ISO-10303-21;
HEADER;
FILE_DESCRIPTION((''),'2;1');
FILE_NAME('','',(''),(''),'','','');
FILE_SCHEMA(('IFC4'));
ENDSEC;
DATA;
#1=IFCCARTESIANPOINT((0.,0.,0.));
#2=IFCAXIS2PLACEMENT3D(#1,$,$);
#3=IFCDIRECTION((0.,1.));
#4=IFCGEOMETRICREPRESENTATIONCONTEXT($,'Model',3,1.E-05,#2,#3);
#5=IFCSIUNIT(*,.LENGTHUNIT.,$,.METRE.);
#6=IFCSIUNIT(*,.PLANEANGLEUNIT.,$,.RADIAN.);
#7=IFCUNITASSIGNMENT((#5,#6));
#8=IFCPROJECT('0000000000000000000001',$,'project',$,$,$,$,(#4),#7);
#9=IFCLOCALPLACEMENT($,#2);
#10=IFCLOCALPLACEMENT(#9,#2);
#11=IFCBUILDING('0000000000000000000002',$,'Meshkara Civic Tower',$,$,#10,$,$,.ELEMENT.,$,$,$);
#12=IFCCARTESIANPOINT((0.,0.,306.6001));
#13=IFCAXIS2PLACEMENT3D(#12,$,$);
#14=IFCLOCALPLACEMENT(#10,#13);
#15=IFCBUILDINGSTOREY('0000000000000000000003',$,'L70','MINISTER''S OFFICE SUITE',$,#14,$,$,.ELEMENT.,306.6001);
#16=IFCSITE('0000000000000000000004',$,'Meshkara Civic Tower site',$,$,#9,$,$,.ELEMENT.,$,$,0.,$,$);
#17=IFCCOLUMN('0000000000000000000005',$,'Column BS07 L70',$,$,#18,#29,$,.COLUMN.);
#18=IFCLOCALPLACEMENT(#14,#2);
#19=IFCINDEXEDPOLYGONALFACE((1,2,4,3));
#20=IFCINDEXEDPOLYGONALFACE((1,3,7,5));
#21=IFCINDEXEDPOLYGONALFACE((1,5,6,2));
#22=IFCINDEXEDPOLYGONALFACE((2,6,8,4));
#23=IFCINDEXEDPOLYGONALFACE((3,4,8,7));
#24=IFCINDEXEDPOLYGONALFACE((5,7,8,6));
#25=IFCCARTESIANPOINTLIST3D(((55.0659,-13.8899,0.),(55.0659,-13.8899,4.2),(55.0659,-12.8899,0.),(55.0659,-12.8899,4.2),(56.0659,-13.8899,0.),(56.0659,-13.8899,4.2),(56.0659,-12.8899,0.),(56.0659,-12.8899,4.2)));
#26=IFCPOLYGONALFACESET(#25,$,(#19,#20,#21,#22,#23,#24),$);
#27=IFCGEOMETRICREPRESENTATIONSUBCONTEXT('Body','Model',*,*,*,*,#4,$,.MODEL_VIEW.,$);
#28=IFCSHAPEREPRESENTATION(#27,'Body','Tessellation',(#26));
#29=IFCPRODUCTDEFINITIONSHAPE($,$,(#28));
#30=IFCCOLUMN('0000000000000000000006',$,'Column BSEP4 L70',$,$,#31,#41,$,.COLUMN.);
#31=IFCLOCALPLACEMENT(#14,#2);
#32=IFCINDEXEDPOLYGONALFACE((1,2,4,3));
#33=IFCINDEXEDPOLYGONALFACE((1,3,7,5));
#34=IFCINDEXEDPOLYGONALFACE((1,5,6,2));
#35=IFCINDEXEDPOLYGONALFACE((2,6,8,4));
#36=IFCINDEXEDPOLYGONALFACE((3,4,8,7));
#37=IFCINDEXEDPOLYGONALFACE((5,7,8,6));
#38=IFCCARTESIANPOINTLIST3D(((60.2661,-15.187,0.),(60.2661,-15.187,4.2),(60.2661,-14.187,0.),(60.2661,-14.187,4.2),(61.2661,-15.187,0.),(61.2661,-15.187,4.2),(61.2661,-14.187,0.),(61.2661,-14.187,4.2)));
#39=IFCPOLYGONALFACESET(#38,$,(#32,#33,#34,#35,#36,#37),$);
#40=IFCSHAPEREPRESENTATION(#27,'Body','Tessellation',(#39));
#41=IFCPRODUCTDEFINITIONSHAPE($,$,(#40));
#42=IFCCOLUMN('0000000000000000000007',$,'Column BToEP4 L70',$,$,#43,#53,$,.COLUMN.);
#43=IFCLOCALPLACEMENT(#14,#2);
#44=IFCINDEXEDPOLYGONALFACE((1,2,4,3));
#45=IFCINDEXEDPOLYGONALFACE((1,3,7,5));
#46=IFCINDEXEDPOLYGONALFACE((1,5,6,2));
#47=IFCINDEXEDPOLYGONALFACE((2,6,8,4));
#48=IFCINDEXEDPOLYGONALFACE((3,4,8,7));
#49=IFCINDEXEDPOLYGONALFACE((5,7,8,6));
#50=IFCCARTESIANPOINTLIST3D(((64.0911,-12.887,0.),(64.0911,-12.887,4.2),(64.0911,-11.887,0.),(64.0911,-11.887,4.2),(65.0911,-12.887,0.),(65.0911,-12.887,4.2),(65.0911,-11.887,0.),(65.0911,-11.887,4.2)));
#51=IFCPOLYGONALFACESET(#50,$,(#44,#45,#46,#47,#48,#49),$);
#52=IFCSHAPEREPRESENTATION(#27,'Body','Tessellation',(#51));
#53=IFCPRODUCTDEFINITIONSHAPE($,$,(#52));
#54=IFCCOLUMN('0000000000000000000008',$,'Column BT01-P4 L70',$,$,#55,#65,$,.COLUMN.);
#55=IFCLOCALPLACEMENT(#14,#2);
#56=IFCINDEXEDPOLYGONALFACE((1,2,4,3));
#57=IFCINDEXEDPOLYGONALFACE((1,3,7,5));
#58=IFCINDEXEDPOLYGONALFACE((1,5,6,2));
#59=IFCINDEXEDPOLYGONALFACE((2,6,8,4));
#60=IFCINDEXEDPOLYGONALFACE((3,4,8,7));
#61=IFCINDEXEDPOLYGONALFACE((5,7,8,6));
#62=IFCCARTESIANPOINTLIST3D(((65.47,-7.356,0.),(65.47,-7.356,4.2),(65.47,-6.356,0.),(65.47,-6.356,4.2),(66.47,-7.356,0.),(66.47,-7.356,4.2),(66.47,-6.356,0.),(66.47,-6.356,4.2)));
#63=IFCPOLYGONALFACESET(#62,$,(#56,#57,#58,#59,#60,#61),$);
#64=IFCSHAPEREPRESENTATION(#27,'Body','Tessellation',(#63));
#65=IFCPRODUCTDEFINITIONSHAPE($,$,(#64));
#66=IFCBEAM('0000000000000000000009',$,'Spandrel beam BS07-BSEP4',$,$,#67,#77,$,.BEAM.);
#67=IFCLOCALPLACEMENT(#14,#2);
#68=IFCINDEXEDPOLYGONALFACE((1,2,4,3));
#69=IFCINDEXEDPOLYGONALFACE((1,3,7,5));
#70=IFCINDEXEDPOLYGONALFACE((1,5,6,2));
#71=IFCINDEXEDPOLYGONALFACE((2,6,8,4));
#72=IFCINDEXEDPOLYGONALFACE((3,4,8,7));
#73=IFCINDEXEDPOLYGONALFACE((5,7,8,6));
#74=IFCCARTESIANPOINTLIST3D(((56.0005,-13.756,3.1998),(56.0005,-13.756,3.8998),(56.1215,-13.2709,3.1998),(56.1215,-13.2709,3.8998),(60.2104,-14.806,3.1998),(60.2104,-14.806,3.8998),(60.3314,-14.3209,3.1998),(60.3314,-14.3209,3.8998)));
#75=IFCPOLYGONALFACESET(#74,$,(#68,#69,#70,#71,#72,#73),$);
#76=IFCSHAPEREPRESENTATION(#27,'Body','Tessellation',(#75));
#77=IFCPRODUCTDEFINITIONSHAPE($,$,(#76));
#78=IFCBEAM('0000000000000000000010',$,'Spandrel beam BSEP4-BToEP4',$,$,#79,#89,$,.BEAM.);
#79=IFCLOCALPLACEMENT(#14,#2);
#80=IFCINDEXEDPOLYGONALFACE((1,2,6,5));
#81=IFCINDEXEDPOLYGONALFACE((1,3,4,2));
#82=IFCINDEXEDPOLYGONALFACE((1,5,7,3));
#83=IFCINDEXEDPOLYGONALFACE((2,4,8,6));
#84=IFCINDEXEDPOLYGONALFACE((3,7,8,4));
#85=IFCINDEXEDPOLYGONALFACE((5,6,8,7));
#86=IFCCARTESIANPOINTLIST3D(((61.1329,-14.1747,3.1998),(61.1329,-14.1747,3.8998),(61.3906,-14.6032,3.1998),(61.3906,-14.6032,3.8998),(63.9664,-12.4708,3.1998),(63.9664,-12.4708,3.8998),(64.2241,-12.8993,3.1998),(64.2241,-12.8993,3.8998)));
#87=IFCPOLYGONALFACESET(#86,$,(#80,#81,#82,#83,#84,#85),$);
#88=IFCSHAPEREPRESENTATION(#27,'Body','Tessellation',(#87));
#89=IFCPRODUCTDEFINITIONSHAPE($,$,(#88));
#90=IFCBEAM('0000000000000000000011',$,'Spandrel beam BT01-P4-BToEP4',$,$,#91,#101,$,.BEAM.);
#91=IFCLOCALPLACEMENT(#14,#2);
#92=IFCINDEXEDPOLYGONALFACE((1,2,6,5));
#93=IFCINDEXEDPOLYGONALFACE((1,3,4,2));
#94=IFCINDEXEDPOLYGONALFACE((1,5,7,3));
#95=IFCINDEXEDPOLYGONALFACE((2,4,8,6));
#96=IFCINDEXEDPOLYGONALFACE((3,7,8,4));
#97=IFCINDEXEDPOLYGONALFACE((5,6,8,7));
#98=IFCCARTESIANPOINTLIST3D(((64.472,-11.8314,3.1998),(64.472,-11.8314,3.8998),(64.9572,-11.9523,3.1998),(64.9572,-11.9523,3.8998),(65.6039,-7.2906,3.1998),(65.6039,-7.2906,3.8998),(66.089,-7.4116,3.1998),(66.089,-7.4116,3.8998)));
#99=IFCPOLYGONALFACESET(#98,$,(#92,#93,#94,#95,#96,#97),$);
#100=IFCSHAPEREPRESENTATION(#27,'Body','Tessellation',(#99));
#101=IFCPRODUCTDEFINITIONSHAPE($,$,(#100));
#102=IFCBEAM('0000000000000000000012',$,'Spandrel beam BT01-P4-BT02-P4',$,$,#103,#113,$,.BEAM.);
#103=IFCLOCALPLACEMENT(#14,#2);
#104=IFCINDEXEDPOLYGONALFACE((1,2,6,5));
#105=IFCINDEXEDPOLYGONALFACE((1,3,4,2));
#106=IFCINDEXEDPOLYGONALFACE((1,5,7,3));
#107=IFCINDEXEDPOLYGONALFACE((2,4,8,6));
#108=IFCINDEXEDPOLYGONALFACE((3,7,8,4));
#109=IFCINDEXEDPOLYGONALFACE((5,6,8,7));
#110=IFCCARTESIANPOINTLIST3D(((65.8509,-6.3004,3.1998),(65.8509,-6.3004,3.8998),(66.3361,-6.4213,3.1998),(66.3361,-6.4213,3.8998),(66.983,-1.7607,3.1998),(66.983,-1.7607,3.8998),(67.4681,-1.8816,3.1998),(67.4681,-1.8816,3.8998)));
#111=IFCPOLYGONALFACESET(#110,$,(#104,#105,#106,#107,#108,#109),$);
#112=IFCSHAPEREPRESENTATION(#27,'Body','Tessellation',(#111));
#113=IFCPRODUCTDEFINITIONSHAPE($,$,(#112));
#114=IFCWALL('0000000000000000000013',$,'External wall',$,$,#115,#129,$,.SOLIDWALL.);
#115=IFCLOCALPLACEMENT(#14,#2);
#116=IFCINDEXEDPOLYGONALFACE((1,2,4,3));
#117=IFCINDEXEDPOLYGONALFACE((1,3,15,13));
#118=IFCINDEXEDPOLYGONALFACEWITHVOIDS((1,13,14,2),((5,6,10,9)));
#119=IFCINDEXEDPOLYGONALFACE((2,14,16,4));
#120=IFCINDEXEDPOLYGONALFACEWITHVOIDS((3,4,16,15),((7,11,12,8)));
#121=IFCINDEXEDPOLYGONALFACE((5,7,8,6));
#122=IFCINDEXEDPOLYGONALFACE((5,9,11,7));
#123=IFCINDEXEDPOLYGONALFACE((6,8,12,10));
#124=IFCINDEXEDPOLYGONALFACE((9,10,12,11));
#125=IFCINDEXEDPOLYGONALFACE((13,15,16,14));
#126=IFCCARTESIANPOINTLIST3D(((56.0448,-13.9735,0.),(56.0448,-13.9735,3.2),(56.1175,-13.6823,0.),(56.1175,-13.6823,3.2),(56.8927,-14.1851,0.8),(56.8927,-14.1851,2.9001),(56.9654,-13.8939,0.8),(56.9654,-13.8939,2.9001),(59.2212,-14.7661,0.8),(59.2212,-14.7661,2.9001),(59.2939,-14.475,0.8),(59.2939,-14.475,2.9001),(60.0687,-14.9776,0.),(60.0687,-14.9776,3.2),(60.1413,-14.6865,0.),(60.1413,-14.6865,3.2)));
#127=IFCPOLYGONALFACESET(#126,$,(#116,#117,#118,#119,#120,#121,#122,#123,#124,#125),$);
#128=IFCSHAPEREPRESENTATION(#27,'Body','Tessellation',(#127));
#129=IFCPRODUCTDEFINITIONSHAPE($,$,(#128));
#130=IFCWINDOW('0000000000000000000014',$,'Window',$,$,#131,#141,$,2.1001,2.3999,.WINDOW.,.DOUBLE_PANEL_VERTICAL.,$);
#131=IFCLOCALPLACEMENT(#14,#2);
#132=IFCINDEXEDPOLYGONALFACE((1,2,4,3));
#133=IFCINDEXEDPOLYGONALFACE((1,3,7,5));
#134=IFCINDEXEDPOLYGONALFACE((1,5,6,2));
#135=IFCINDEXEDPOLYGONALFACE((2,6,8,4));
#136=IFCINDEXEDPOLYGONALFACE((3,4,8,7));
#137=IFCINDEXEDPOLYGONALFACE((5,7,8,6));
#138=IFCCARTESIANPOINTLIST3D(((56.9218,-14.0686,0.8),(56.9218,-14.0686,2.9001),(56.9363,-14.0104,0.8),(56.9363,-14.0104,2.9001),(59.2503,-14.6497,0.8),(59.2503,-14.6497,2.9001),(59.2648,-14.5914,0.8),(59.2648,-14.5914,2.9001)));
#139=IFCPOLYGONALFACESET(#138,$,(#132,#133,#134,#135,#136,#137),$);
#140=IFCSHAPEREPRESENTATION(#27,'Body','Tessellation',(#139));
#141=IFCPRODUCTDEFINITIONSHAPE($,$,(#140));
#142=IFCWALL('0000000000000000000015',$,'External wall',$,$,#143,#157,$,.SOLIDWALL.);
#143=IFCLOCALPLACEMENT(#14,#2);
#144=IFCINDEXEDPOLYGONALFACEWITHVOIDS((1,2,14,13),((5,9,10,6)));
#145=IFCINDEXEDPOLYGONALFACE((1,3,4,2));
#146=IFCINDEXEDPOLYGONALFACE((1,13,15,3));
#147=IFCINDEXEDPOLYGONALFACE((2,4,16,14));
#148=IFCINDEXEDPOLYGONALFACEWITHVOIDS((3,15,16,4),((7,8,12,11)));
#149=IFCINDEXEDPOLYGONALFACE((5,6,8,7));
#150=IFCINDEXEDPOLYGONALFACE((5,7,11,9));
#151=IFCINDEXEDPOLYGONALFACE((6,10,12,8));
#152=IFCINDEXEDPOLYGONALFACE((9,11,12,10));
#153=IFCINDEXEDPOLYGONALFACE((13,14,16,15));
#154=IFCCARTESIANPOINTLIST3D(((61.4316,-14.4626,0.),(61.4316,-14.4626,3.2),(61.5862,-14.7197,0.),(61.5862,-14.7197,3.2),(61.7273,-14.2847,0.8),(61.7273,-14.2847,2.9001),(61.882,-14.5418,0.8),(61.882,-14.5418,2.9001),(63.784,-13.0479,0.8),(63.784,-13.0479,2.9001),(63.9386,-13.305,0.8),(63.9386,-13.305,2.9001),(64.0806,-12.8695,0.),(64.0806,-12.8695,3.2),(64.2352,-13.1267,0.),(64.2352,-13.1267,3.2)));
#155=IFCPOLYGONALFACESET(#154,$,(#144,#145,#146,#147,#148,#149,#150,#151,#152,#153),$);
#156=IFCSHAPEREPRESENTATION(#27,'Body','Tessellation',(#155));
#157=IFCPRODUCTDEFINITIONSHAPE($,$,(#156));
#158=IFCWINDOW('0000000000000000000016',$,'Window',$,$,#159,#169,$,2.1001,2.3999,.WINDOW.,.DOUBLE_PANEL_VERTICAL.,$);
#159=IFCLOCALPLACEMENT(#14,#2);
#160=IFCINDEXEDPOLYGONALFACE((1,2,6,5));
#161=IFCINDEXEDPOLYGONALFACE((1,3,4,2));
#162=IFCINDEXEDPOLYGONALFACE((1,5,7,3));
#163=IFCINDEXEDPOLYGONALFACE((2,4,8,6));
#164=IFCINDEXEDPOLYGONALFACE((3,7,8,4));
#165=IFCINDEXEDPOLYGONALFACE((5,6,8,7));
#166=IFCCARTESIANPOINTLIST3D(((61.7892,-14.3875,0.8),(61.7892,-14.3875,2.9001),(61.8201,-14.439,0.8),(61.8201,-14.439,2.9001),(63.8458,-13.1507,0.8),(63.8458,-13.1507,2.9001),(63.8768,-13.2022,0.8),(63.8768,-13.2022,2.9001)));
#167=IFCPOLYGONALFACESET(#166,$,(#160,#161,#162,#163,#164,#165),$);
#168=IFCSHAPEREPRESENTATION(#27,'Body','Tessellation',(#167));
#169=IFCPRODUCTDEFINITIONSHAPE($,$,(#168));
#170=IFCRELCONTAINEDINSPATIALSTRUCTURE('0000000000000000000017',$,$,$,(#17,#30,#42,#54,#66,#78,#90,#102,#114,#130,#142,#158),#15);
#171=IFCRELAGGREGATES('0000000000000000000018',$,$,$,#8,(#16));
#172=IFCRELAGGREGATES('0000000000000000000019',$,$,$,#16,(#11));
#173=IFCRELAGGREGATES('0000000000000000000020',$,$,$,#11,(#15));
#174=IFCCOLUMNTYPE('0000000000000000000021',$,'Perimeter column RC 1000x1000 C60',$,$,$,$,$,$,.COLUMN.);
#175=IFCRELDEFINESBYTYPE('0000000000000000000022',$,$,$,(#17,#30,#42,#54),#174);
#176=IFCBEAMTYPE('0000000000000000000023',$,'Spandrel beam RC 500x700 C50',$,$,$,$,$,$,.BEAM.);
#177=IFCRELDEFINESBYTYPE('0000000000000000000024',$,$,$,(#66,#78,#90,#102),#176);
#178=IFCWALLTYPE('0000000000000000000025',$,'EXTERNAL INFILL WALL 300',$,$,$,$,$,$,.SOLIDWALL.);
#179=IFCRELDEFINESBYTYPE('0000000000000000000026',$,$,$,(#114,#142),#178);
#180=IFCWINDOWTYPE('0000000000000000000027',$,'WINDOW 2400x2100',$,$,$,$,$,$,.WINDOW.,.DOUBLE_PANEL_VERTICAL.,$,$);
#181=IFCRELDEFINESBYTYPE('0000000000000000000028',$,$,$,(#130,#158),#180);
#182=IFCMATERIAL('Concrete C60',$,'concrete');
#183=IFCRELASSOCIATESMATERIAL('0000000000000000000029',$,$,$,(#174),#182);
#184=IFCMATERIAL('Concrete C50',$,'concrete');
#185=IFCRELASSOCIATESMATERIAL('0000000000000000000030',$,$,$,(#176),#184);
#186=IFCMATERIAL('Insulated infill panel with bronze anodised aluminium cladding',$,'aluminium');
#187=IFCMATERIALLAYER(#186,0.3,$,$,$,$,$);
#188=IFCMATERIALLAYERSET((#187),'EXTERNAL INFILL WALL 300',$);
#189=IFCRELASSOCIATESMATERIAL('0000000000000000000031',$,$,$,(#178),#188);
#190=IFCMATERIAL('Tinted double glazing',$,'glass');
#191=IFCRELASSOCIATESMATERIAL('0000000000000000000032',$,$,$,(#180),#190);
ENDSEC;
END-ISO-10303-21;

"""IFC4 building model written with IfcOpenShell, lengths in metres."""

from ifc_helpers import new_model, si_unit, direction, frame, frame_2d, origin, origin_2d, place, context, subcontext, project, spatial, rectangle, extrude, material, layer, layer_set, material_profile, profile_set, type_object, element, fill, save


model = new_model("IFC4")

# Units and contexts
model_context = context("Model", 3, precision=1e-05, world=origin(), true_north=direction((0.0, 1.0)))
body_context = subcontext(model_context, "Body", "Model", "MODEL_VIEW")
ifc_project = project(units=[si_unit("LENGTHUNIT", "METRE"), si_unit("PLANEANGLEUNIT", "RADIAN")], contexts=[model_context])

# Site, building, storey
site_placement = place(None, origin())
site = spatial("IfcSite", under=ifc_project, at=site_placement, Name="Meshkara Civic Tower site", CompositionType="ELEMENT", RefElevation=0.0)
building_placement = place(site_placement, origin())
building = spatial("IfcBuilding", under=site, at=building_placement, Name="Meshkara Civic Tower", CompositionType="ELEMENT")
storey_placement = place(building_placement, frame((0.0, 0.0, 306.6001)))
storey = spatial("IfcBuildingStorey", under=building, at=storey_placement, Name="L70", Description="MINISTER'S OFFICE SUITE", CompositionType="ELEMENT", Elevation=306.6001)

# Columns
ifc_material_1 = material(Name="Concrete C60", Category="concrete")
ifc_material_profile_1 = material_profile(ifc_material_1, rectangle(XDim=1.0, YDim=1.0, at=origin_2d()))
ifc_profile_set_1 = profile_set([ifc_material_profile_1], Name="Concrete C60")
column_type = type_object("IfcColumnType", Name="Perimeter column RC 1000x1000 C60", PredefinedType="COLUMN", material=ifc_profile_set_1)
for number, where, z_axis, x_axis, name in (
    (1, (55.5659, -13.3899, 0.0), (0.0, 0.0, 1.0), (1.0, 0.0, 0.0), "Column BS07 L70"),
    (2, (60.7661, -14.687, 0.0), (0.0, 0.0, 1.0), (1.0, 0.0, 0.0), "Column BSEP4 L70"),
    (3, (64.5911, -12.387, 0.0), (0.0, 0.0, 1.0), (1.0, 0.0, 0.0), "Column BToEP4 L70"),
    (4, (65.97, -6.856, 0.0), (0.0, 0.0, 1.0), (1.0, 0.0, 0.0), "Column BT01-P4 L70"),
):
    element("IfcColumn", number, at=place(storey_placement, frame(where, z_axis=z_axis, x_axis=x_axis)), inside=storey, type_object=column_type, Name=name, PredefinedType="COLUMN", context=body_context, shape_type="SweptSolid", body=[
        extrude(rectangle(XDim=1.0, YDim=1.0, at=origin_2d()), origin(), (0.0, 0.0, 1.0), 4.2),
    ])

# Beams
ifc_material_2 = material(Name="Concrete C50", Category="concrete")
ifc_material_profile_2 = material_profile(ifc_material_2, rectangle(XDim=0.5, YDim=0.7, at=origin_2d()))
ifc_profile_set_2 = profile_set([ifc_material_profile_2], Name="Concrete C50")
beam_type = type_object("IfcBeamType", Name="Spandrel beam RC 500x700 C50", PredefinedType="BEAM", material=ifc_profile_set_2)
beam_1_placement = place(storey_placement, frame((56.061, -13.5134, 3.5498), z_axis=(0.970275, -0.242006, 0.0), x_axis=(0.242006, 0.970275, 0.0)))
element("IfcBeam", 5, at=beam_1_placement, inside=storey, type_object=beam_type, Name="Spandrel beam BS07-BSEP4", PredefinedType="BEAM", context=body_context, shape_type="SweptSolid", body=[
    extrude(rectangle(XDim=0.5, YDim=0.7, at=origin_2d()), origin(), (0.0, 0.0, 1.0), 4.3389),
])
beam_2_placement = place(storey_placement, frame((61.2617, -14.3889, 3.5498), z_axis=(0.856991, 0.515332, 0.0), x_axis=(-0.515332, 0.856991, 0.0)))
element("IfcBeam", 6, at=beam_2_placement, inside=storey, type_object=beam_type, Name="Spandrel beam BSEP4-BToEP4", PredefinedType="BEAM", context=body_context, shape_type="SweptSolid", body=[
    extrude(rectangle(XDim=0.5, YDim=0.7, at=origin_2d()), origin(), (0.0, 0.0, 1.0), 3.3064),
])
beam_3_placement = place(storey_placement, frame((64.7146, -11.8918, 3.5498), z_axis=(0.24186, 0.970311, 0.0), x_axis=(-0.970311, 0.24186, 0.0)))
element("IfcBeam", 7, at=beam_3_placement, inside=storey, type_object=beam_type, Name="Spandrel beam BT01-P4-BToEP4", PredefinedType="BEAM", context=body_context, shape_type="SweptSolid", body=[
    extrude(rectangle(XDim=0.5, YDim=0.7, at=origin_2d()), origin(), (0.0, 0.0, 1.0), 4.6797),
])
beam_4_placement = place(storey_placement, frame((66.0935, -6.3608, 3.5498), z_axis=(0.241959, 0.970287, 0.0), x_axis=(-0.970287, 0.241959, 0.0)))
element("IfcBeam", 8, at=beam_4_placement, inside=storey, type_object=beam_type, Name="Spandrel beam BT01-P4-BT02-P4", PredefinedType="BEAM", context=body_context, shape_type="SweptSolid", body=[
    extrude(rectangle(XDim=0.5, YDim=0.7, at=origin_2d()), origin(), (0.0, 0.0, 1.0), 4.6787),
])

# Walls, openings, windows
ifc_material_3 = material(Name="Insulated infill panel with bronze anodised aluminium cladding", Category="aluminium")
ifc_layer_1 = layer(ifc_material_3, 0.3)
ifc_layer_set_1 = layer_set([ifc_layer_1], Name="EXTERNAL INFILL WALL 300")
wall_type_1 = type_object("IfcWallType", Name="EXTERNAL INFILL WALL 300", PredefinedType="SOLIDWALL", material=ifc_layer_set_1)
wall_1_placement = place(storey_placement, frame((56.0811, -13.8279, 0.0), z_axis=(0.0, 0.0, 1.0), x_axis=(0.970246, -0.24212, 0.0)))
wall_1 = element("IfcWall", 9, at=wall_1_placement, inside=storey, type_object=wall_type_1, Name="External wall", PredefinedType="SOLIDWALL", context=body_context, shape_type="SweptSolid", body=[
    extrude(rectangle(XDim=4.1472, YDim=0.3, at=frame_2d((2.0737, 0.0))), origin(), (0.0, 0.0, 1.0), 3.2),
])
opening_1_placement = place(wall_1_placement, frame((0.874, 0.0, 0.8)))
opening_1 = element("IfcOpeningElement", 10, at=opening_1_placement, cuts=wall_1, PredefinedType="OPENING", context=body_context, shape_type="SweptSolid", body=[
    extrude(rectangle(XDim=2.3999, YDim=2.1001, at=frame_2d((1.2, 1.05))), frame((0.0, 0.1599, 0.0), z_axis=(0.0, -1.0, 0.0), x_axis=(1.0, 0.0, 0.0)), (0.0, 0.0, 1.0), 0.3201),
])
ifc_material_4 = material(Name="Tinted double glazing", Category="glass")
window_type = type_object("IfcWindowType", Name="WINDOW 2400x2100", PartitioningType="DOUBLE_PANEL_VERTICAL", PredefinedType="WINDOW", material=ifc_material_4)
window_1_placement = place(opening_1_placement, origin())
window_1 = element("IfcWindow", 11, at=window_1_placement, inside=storey, type_object=window_type, Name="Window", OverallHeight=2.1001, OverallWidth=2.3999, PartitioningType="DOUBLE_PANEL_VERTICAL", PredefinedType="WINDOW", context=body_context, shape_type="SweptSolid", body=[
    extrude(rectangle(XDim=2.3999, YDim=2.1001, at=frame_2d((1.2, 1.05))), frame((0.0, 0.03, 0.0), z_axis=(0.0, -1.0, 0.0), x_axis=(1.0, 0.0, 0.0)), (0.0, 0.0, 1.0), 0.0601),
])
fill(opening_1, window_1)
wall_2_placement = place(storey_placement, frame((61.509, -14.5911, 0.0), z_axis=(0.0, 0.0, 1.0), x_axis=(0.85697, 0.515367, 0.0)))
wall_2 = element("IfcWall", 12, at=wall_2_placement, inside=storey, type_object=wall_type_1, Name="External wall", PredefinedType="SOLIDWALL", context=body_context, shape_type="SweptSolid", body=[
    extrude(rectangle(XDim=3.0911, YDim=0.3, at=frame_2d((1.5454, 0.0))), origin(), (0.0, 0.0, 1.0), 3.2),
])
opening_2_placement = place(wall_2_placement, frame((0.345, 0.0, 0.8)))
opening_2 = element("IfcOpeningElement", 13, at=opening_2_placement, cuts=wall_2, PredefinedType="OPENING", context=body_context, shape_type="SweptSolid", body=[
    extrude(rectangle(XDim=2.3999, YDim=2.1001, at=frame_2d((1.2, 1.05))), frame((0.0, 0.1599, 0.0), z_axis=(0.0, -1.0, 0.0), x_axis=(1.0, 0.0, 0.0)), (0.0, 0.0, 1.0), 0.3201),
])
window_2_placement = place(opening_2_placement, origin())
window_2 = element("IfcWindow", 14, at=window_2_placement, inside=storey, type_object=window_type, Name="Window", OverallHeight=2.1001, OverallWidth=2.3999, PartitioningType="DOUBLE_PANEL_VERTICAL", PredefinedType="WINDOW", context=body_context, shape_type="SweptSolid", body=[
    extrude(rectangle(XDim=2.3999, YDim=2.1001, at=frame_2d((1.2, 1.05))), frame((0.0, 0.03, 0.0), z_axis=(0.0, -1.0, 0.0), x_axis=(1.0, 0.0, 0.0)), (0.0, 0.0, 1.0), 0.0601),
])
fill(opening_2, window_2)

save(model, "model.ifc")
